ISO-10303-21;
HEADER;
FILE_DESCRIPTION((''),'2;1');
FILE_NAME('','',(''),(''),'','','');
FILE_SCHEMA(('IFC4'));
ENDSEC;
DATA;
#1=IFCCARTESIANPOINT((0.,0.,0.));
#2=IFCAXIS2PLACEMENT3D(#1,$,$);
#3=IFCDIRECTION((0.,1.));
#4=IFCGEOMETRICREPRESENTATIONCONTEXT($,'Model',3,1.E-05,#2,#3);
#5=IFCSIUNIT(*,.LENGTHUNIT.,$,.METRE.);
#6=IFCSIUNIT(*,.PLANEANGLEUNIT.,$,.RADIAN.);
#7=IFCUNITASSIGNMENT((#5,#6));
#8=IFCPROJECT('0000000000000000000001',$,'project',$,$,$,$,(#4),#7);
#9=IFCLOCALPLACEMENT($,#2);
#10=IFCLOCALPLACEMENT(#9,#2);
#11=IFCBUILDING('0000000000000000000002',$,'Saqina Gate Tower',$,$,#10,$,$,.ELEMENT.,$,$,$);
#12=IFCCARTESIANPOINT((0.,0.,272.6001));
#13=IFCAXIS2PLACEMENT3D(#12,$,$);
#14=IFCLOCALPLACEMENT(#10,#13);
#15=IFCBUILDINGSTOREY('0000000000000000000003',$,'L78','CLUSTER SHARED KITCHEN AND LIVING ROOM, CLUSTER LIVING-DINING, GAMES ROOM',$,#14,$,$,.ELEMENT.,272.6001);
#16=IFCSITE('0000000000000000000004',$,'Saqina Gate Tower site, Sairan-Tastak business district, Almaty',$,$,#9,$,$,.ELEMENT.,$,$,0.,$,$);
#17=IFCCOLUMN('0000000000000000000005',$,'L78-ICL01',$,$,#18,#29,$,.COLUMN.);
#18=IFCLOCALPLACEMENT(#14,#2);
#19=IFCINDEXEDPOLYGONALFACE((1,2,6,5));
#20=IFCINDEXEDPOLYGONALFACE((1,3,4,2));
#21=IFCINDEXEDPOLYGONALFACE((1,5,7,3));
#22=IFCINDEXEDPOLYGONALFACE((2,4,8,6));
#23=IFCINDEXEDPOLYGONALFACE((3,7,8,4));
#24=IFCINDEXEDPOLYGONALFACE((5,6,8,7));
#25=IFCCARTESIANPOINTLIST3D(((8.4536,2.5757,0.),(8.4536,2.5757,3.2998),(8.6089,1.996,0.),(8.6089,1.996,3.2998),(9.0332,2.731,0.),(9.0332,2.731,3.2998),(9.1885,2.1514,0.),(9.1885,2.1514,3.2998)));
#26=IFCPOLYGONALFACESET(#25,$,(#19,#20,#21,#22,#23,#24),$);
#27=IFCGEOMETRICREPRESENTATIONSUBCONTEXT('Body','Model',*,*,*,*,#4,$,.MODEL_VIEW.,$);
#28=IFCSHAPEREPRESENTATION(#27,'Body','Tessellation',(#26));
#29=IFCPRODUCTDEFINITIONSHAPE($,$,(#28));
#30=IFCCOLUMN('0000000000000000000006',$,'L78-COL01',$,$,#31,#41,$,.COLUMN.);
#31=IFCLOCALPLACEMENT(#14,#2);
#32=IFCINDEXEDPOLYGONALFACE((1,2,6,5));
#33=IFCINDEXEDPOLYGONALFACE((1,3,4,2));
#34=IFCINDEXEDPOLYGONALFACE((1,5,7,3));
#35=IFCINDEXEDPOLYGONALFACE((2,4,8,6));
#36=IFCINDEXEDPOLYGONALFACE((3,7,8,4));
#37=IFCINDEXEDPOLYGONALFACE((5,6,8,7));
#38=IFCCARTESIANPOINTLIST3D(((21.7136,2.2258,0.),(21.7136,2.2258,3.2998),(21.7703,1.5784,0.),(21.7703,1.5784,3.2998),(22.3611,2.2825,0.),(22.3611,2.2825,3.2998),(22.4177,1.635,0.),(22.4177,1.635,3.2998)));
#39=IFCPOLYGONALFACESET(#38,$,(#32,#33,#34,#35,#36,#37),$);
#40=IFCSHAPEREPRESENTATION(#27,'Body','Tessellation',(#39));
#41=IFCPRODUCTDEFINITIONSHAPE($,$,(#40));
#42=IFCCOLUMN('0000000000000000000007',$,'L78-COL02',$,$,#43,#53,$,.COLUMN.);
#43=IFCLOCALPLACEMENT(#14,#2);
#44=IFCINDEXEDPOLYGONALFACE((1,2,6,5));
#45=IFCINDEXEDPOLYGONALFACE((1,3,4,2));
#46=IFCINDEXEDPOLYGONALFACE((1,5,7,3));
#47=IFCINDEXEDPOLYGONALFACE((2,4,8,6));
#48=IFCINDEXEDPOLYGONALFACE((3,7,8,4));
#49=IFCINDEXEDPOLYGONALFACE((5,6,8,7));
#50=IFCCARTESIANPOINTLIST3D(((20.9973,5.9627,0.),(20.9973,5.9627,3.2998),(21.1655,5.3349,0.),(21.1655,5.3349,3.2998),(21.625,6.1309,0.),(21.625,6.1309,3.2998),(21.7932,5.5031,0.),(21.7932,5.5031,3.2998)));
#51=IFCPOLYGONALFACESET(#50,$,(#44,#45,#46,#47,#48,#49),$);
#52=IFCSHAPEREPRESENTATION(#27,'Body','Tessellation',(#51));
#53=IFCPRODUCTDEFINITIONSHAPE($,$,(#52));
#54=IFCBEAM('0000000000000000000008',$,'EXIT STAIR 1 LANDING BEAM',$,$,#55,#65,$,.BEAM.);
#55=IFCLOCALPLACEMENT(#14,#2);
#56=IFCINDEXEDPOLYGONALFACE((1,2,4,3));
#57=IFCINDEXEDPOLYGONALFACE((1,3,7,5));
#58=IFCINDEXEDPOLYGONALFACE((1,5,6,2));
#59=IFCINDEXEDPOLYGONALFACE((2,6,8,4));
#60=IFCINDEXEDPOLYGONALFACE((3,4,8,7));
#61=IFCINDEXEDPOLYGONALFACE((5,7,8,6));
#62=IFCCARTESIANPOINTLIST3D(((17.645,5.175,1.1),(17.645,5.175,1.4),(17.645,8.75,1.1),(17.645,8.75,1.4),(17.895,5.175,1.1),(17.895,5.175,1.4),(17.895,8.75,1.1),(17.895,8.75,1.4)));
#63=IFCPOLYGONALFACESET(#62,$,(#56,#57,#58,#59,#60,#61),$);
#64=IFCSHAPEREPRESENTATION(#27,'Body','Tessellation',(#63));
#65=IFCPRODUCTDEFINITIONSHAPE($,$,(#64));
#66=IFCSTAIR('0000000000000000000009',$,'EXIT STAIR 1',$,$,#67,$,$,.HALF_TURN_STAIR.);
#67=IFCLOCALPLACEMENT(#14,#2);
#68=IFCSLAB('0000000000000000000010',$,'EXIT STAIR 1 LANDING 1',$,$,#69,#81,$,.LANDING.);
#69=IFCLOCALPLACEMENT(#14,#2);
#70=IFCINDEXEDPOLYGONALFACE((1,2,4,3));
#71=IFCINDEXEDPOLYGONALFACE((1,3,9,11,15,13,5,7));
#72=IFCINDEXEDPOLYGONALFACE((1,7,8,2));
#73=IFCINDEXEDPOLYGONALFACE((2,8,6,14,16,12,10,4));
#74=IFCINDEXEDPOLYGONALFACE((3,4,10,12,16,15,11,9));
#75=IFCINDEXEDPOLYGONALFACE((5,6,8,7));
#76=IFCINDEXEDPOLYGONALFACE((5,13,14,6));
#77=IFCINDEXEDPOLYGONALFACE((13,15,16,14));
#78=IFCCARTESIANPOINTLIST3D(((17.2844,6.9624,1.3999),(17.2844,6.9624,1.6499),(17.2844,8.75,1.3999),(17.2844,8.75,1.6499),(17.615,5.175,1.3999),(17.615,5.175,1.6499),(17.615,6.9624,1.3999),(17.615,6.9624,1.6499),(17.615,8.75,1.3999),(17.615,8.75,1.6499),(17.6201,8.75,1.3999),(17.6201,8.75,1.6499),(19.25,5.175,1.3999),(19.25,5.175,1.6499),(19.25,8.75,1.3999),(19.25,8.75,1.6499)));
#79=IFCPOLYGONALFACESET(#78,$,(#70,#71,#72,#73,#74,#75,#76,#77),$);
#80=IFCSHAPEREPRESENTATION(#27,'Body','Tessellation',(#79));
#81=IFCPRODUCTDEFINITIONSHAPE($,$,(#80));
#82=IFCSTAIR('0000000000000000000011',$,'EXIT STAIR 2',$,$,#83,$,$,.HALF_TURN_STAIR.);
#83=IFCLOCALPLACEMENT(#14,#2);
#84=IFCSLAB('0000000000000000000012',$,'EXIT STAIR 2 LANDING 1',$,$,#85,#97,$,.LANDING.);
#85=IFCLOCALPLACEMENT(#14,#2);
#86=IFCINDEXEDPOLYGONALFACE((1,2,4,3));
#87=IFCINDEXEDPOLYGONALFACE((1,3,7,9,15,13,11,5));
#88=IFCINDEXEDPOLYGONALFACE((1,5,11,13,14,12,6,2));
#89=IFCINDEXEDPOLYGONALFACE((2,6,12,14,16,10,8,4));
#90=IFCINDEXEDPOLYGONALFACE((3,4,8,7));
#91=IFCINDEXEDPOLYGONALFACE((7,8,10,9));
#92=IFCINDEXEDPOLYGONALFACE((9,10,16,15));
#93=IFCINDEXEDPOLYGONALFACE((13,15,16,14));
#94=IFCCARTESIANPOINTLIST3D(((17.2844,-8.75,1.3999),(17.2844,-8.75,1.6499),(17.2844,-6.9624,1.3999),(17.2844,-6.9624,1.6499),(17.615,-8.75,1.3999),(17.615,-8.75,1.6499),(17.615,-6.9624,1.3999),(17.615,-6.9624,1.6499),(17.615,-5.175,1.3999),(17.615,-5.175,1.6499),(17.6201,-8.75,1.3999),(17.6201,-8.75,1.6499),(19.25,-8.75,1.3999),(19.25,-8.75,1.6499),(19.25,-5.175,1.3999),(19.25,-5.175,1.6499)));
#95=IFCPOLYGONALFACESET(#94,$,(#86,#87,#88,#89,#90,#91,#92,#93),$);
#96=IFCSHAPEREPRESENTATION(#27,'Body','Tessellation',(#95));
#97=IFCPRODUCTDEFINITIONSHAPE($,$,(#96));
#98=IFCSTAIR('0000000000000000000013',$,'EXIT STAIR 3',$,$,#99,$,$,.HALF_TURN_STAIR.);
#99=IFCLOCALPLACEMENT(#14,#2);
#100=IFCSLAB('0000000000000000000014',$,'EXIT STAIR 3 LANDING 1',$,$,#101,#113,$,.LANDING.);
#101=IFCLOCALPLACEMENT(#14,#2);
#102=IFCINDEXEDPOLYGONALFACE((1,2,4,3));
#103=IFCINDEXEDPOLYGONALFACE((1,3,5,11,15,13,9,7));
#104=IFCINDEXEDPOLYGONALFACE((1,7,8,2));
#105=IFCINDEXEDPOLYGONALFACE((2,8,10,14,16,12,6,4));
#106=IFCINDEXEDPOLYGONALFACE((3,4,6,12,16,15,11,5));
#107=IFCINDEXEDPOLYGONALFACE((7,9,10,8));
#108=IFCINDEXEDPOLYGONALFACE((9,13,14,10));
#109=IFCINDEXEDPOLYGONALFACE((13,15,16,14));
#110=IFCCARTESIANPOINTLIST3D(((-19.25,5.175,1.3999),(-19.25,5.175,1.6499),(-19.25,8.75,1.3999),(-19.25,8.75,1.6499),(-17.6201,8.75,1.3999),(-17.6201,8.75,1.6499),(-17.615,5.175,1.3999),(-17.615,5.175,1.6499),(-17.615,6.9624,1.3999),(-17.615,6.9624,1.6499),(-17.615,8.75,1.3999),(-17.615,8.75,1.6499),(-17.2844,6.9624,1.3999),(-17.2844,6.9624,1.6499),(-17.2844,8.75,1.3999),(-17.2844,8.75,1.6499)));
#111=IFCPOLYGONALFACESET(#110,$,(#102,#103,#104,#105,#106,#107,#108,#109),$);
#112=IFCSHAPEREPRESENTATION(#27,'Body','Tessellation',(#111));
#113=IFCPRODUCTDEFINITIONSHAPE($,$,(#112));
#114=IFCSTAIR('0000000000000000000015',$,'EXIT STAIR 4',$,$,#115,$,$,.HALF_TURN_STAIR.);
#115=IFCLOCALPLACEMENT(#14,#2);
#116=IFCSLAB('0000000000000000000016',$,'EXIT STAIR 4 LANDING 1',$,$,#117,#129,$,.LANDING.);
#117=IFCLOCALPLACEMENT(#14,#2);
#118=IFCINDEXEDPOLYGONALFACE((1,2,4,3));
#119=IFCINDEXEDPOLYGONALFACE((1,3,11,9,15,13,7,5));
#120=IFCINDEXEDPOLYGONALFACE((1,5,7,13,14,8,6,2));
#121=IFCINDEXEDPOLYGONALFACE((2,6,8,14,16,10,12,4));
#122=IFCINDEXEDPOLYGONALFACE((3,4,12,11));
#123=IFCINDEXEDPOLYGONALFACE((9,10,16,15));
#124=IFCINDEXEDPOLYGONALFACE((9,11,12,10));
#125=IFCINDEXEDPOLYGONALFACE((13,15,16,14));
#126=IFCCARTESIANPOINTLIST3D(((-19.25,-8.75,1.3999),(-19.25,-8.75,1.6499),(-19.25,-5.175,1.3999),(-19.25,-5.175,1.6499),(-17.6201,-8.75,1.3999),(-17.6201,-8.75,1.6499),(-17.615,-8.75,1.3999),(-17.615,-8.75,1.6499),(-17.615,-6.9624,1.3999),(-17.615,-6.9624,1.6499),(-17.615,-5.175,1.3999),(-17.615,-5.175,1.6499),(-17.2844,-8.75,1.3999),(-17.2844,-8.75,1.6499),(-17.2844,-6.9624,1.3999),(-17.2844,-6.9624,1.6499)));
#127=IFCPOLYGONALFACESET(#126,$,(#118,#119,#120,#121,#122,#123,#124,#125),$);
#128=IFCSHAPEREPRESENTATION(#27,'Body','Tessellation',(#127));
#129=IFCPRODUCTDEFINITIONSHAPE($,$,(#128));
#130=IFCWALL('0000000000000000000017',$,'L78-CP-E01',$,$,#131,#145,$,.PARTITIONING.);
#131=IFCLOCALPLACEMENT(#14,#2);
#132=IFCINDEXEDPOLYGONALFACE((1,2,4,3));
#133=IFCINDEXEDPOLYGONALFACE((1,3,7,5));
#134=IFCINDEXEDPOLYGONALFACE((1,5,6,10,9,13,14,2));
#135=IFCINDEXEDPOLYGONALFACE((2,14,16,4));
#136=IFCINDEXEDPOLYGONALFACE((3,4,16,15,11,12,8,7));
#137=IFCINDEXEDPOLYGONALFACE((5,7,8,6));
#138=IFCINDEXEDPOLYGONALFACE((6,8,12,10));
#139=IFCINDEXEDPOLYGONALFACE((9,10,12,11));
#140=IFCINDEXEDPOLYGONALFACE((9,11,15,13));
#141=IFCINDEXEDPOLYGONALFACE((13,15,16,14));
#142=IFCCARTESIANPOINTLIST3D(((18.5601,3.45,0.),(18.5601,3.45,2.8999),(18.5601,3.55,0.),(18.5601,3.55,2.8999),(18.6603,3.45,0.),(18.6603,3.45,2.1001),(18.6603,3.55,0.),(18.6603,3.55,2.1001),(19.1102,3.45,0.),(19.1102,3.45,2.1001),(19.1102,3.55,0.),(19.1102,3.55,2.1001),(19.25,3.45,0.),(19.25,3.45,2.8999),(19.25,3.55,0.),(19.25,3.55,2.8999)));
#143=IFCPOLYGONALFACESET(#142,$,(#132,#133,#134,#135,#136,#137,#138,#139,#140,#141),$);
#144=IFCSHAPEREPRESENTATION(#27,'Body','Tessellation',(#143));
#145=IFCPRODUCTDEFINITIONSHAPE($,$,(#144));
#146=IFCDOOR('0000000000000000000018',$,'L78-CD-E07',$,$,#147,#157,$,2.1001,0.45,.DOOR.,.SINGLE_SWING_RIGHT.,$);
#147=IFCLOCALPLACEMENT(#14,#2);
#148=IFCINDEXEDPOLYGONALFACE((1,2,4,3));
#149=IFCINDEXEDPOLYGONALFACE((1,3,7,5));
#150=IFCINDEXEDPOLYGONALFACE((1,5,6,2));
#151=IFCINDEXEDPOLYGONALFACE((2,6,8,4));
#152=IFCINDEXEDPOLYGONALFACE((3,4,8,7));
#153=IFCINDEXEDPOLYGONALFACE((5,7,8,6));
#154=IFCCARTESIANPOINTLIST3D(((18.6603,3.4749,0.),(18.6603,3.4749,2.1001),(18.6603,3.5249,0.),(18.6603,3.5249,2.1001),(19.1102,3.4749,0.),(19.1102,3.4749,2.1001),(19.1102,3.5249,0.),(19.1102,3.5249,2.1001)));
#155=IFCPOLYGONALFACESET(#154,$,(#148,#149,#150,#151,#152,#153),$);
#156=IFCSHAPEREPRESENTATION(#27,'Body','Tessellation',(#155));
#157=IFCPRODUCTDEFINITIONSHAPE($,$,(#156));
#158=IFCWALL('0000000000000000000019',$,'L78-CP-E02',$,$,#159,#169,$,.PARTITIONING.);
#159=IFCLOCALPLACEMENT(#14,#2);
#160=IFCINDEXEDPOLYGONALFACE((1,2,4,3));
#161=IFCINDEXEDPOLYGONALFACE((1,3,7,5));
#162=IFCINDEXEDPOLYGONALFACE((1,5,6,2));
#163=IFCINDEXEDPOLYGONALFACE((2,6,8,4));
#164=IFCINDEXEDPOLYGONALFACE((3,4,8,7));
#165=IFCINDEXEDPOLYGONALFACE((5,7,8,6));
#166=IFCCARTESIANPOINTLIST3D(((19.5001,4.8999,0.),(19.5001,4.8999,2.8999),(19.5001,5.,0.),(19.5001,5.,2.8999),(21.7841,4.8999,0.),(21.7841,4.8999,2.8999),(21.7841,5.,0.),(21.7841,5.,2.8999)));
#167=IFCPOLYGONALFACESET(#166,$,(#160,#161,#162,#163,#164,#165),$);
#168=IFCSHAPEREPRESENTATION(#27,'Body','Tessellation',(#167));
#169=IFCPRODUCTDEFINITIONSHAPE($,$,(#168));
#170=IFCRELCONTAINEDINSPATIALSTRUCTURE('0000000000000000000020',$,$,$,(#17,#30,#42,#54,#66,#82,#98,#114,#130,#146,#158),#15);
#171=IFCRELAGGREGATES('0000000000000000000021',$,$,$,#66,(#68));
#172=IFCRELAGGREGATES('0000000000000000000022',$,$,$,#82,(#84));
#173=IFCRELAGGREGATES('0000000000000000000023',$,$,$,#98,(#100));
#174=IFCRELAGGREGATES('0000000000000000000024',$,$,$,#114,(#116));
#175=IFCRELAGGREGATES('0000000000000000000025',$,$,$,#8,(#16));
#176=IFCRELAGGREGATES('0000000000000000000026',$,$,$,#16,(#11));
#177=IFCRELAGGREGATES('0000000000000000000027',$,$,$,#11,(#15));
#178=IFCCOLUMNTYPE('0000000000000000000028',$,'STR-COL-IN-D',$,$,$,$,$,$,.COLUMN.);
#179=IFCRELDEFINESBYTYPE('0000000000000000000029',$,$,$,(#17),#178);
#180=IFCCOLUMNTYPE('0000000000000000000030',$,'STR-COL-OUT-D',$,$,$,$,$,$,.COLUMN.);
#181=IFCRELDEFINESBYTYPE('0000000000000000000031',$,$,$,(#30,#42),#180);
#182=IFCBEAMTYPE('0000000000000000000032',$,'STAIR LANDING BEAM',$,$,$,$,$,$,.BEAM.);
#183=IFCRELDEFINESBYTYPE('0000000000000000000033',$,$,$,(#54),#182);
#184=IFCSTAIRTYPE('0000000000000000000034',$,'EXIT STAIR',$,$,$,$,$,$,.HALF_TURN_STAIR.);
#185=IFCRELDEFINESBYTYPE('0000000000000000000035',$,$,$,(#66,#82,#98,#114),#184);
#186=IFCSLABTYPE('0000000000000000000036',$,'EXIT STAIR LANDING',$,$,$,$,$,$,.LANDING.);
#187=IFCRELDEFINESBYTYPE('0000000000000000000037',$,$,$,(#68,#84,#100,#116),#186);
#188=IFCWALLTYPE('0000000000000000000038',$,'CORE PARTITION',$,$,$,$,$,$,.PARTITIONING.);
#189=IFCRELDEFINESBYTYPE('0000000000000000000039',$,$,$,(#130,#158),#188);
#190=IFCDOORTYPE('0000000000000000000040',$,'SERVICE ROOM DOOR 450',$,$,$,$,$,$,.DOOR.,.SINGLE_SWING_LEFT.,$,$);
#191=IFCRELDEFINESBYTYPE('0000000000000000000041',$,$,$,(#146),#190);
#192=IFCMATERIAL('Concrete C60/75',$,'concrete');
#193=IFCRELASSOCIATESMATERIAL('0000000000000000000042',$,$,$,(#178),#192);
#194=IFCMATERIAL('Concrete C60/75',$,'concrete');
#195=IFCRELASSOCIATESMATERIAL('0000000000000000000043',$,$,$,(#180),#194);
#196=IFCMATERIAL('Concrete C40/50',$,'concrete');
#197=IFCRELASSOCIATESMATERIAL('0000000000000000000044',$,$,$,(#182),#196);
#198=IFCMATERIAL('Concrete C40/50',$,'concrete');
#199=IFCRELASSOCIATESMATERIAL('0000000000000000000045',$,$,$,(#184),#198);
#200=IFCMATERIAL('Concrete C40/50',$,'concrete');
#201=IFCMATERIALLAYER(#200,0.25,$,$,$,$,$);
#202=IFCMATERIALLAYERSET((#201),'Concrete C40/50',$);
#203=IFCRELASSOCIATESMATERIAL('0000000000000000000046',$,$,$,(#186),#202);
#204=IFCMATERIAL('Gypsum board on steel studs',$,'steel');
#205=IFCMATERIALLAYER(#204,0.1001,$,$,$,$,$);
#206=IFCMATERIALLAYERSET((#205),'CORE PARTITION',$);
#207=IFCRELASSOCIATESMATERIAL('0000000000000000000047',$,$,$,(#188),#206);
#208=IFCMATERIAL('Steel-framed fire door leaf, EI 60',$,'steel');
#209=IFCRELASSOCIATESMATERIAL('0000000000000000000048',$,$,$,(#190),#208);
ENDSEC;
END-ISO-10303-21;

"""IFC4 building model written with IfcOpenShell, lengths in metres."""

from ifc_helpers import new_model, si_unit, direction, frame, frame_2d, origin, origin_2d, place, context, subcontext, project, spatial, polyline, rectangle, outline, extrude, material, layer, layer_set, material_profile, profile_set, type_object, element, fill, aggregate, save


model = new_model("IFC4")

# Units and contexts
model_context = context("Model", 3, precision=1e-05, world=origin(), true_north=direction((0.0, 1.0)))
body_context = subcontext(model_context, "Body", "Model", "MODEL_VIEW")
ifc_project = project(units=[si_unit("LENGTHUNIT", "METRE"), si_unit("PLANEANGLEUNIT", "RADIAN")], contexts=[model_context])

# Site, building, storey
site_placement = place(None, origin())
site = spatial("IfcSite", under=ifc_project, at=site_placement, Name="Saqina Gate Tower site, Sairan-Tastak business district, Almaty", CompositionType="ELEMENT", RefElevation=0.0)
building_placement = place(site_placement, origin())
building = spatial("IfcBuilding", under=site, at=building_placement, Name="Saqina Gate Tower", CompositionType="ELEMENT")
storey_placement = place(building_placement, frame((0.0, 0.0, 272.6001)))
storey = spatial("IfcBuildingStorey", under=building, at=storey_placement, Name="L78", Description="CLUSTER SHARED KITCHEN AND LIVING ROOM, CLUSTER LIVING-DINING, GAMES ROOM", CompositionType="ELEMENT", Elevation=272.6001)

# Columns
ifc_material_1 = material(Name="Concrete C60/75", Category="concrete")
ifc_material_profile_1 = material_profile(ifc_material_1, rectangle(XDim=0.6001, YDim=0.6001, at=origin_2d()), Name="RC 600x600")
ifc_profile_set_1 = profile_set([ifc_material_profile_1], Name="Concrete C60/75")
column_type_1 = type_object("IfcColumnType", Name="STR-COL-IN-D", PredefinedType="COLUMN", material=ifc_profile_set_1)
column_placement = place(storey_placement, frame((8.821, 2.3635, 0.0), z_axis=(0.0, 0.0, 1.0), x_axis=(0.965926, 0.258819, 0.0)))
element("IfcColumn", 1, at=column_placement, inside=storey, type_object=column_type_1, Name="L78-ICL01", PredefinedType="COLUMN", context=body_context, shape_type="SweptSolid", body=[
    extrude(rectangle(XDim=0.6001, YDim=0.6001, at=origin_2d()), origin(), (0.0, 0.0, 1.0), 3.2998),
])
ifc_material_2 = material(Name="Concrete C60/75", Category="concrete")
ifc_material_profile_2 = material_profile(ifc_material_2, rectangle(XDim=0.6499, YDim=0.6499, at=origin_2d()), Name="RC 650x650")
ifc_profile_set_2 = profile_set([ifc_material_profile_2], Name="Concrete C60/75")
column_type_2 = type_object("IfcColumnType", Name="STR-COL-OUT-D", PredefinedType="COLUMN", material=ifc_profile_set_2)
for number, where, z_axis, x_axis, name in (
    (2, (22.0657, 1.9304, 0.0), (0.0, 0.0, 1.0), (0.996195, 0.087156, 0.0), "L78-COL01"),
    (3, (21.3953, 5.7329, 0.0), (0.0, 0.0, 1.0), (0.965926, 0.258819, 0.0), "L78-COL02"),
):
    element("IfcColumn", number, at=place(storey_placement, frame(where, z_axis=z_axis, x_axis=x_axis)), inside=storey, type_object=column_type_2, Name=name, PredefinedType="COLUMN", context=body_context, shape_type="SweptSolid", body=[
        extrude(rectangle(XDim=0.6499, YDim=0.6499, at=origin_2d()), origin(), (0.0, 0.0, 1.0), 3.2998),
    ])

# Beam
ifc_material_3 = material(Name="Concrete C40/50", Category="concrete")
ifc_material_profile_3 = material_profile(ifc_material_3, rectangle(XDim=0.25, YDim=0.3, at=origin_2d()), Name="STAIR LANDING BEAM")
ifc_profile_set_3 = profile_set([ifc_material_profile_3], Name="Concrete C40/50")
beam_type = type_object("IfcBeamType", Name="STAIR LANDING BEAM", PredefinedType="BEAM", material=ifc_profile_set_3)
beam_placement = place(storey_placement, frame((17.77, 5.175, 1.25), z_axis=(0.0, 1.0, 0.0), x_axis=(-1.0, 0.0, 0.0)))
element("IfcBeam", 4, at=beam_placement, inside=storey, type_object=beam_type, Name="EXIT STAIR 1 LANDING BEAM", PredefinedType="BEAM", context=body_context, shape_type="SweptSolid", body=[
    extrude(rectangle(XDim=0.25, YDim=0.3, at=origin_2d()), origin(), (0.0, 0.0, 1.0), 3.575),
])

# Stairs, slabs
ifc_material_4 = material(Name="Concrete C40/50", Category="concrete")
stair_type = type_object("IfcStairType", Name="EXIT STAIR", PredefinedType="HALF_TURN_STAIR", material=ifc_material_4)
stair_1_placement = place(storey_placement, origin())
stair_1 = element("IfcStair", 5, at=stair_1_placement, inside=storey, type_object=stair_type, Name="EXIT STAIR 1", PredefinedType="HALF_TURN_STAIR")
ifc_material_5 = material(Name="Concrete C40/50", Category="concrete")
ifc_layer_1 = layer(ifc_material_5, 0.25)
ifc_layer_set_1 = layer_set([ifc_layer_1], Name="Concrete C40/50")
slab_type = type_object("IfcSlabType", Name="EXIT STAIR LANDING", PredefinedType="LANDING", material=ifc_layer_set_1)
slab_1_placement = place(storey_placement, frame((0.0, 0.0, 1.3999)))
slab_1 = element("IfcSlab", 6, at=slab_1_placement, type_object=slab_type, Name="EXIT STAIR 1 LANDING 1", PredefinedType="LANDING", context=body_context, shape_type="SweptSolid", body=[
    extrude(outline(polyline([(19.25, 8.75), (19.25, 5.175), (17.615, 5.175), (17.615, 6.9624), (17.2844, 6.9624), (17.2844, 8.75), (17.615, 8.75), (17.6201, 8.75), (19.25, 8.75)])), origin(), (0.0, 0.0, 1.0), 0.25),
])
aggregate(stair_1, [slab_1])
stair_2_placement = place(storey_placement, origin())
stair_2 = element("IfcStair", 7, at=stair_2_placement, inside=storey, type_object=stair_type, Name="EXIT STAIR 2", PredefinedType="HALF_TURN_STAIR")
slab_2_placement = place(storey_placement, frame((0.0, 0.0, 1.3999)))
slab_2 = element("IfcSlab", 8, at=slab_2_placement, type_object=slab_type, Name="EXIT STAIR 2 LANDING 1", PredefinedType="LANDING", context=body_context, shape_type="SweptSolid", body=[
    extrude(outline(polyline([(17.2844, -8.75), (17.2844, -6.9624), (17.615, -6.9624), (17.615, -5.175), (19.25, -5.175), (19.25, -8.75), (17.6201, -8.75), (17.615, -8.75), (17.2844, -8.75)])), origin(), (0.0, 0.0, 1.0), 0.25),
])
aggregate(stair_2, [slab_2])
stair_3_placement = place(storey_placement, origin())
stair_3 = element("IfcStair", 9, at=stair_3_placement, inside=storey, type_object=stair_type, Name="EXIT STAIR 3", PredefinedType="HALF_TURN_STAIR")
slab_3_placement = place(storey_placement, frame((0.0, 0.0, 1.3999)))
slab_3 = element("IfcSlab", 10, at=slab_3_placement, type_object=slab_type, Name="EXIT STAIR 3 LANDING 1", PredefinedType="LANDING", context=body_context, shape_type="SweptSolid", body=[
    extrude(outline(polyline([(-17.615, 5.175), (-19.25, 5.175), (-19.25, 8.75), (-17.6201, 8.75), (-17.615, 8.75), (-17.2844, 8.75), (-17.2844, 6.9624), (-17.615, 6.9624), (-17.615, 5.175)])), origin(), (0.0, 0.0, 1.0), 0.25),
])
aggregate(stair_3, [slab_3])
stair_4_placement = place(storey_placement, origin())
stair_4 = element("IfcStair", 11, at=stair_4_placement, inside=storey, type_object=stair_type, Name="EXIT STAIR 4", PredefinedType="HALF_TURN_STAIR")
slab_4_placement = place(storey_placement, frame((0.0, 0.0, 1.3999)))
slab_4 = element("IfcSlab", 12, at=slab_4_placement, type_object=slab_type, Name="EXIT STAIR 4 LANDING 1", PredefinedType="LANDING", context=body_context, shape_type="SweptSolid", body=[
    extrude(outline(polyline([(-17.2844, -6.9624), (-17.2844, -8.75), (-17.615, -8.75), (-17.6201, -8.75), (-19.25, -8.75), (-19.25, -5.175), (-17.615, -5.175), (-17.615, -6.9624), (-17.2844, -6.9624)])), origin(), (0.0, 0.0, 1.0), 0.25),
])
aggregate(stair_4, [slab_4])

# Wall, opening, door
ifc_material_6 = material(Name="Gypsum board on steel studs", Category="steel")
ifc_layer_2 = layer(ifc_material_6, 0.1001)
ifc_layer_set_2 = layer_set([ifc_layer_2], Name="CORE PARTITION")
wall_type_1 = type_object("IfcWallType", Name="CORE PARTITION", PredefinedType="PARTITIONING", material=ifc_layer_set_2)
wall_1_placement = place(storey_placement, frame((18.5601, 3.5, 0.0), z_axis=(0.0, 0.0, 1.0), x_axis=(1.0, 0.0, 0.0)))
wall_1 = element("IfcWall", 13, at=wall_1_placement, inside=storey, type_object=wall_type_1, Name="L78-CP-E01", PredefinedType="PARTITIONING", context=body_context, shape_type="SweptSolid", body=[
    extrude(rectangle(XDim=0.6899, YDim=0.1001, at=frame_2d((0.345, 0.0))), origin(), (0.0, 0.0, 1.0), 2.8999),
])
opening_1_placement = place(wall_1_placement, frame((0.1001, 0.0, 0.0)))
opening_1 = element("IfcOpeningElement", 14, at=opening_1_placement, cuts=wall_1, PredefinedType="OPENING", context=body_context, shape_type="SweptSolid", body=[
    extrude(rectangle(XDim=0.45, YDim=2.1001, at=frame_2d((0.2251, 1.05))), frame((0.0, 0.062, 0.0), z_axis=(0.0, -1.0, 0.0), x_axis=(1.0, 0.0, 0.0)), (0.0, 0.0, 1.0), 0.124),
])
ifc_material_7 = material(Name="Steel-framed fire door leaf, EI 60", Category="steel")
door_type_1 = type_object("IfcDoorType", Name="SERVICE ROOM DOOR 450", OperationType="SINGLE_SWING_LEFT", PredefinedType="DOOR", material=ifc_material_7)
door_1_placement = place(opening_1_placement, origin())
door_1 = element("IfcDoor", 15, at=door_1_placement, inside=storey, type_object=door_type_1, Name="L78-CD-E07", OperationType="SINGLE_SWING_RIGHT", OverallHeight=2.1001, OverallWidth=0.45, PredefinedType="DOOR", context=body_context, shape_type="SweptSolid", body=[
    extrude(rectangle(XDim=0.45, YDim=2.1001, at=frame_2d((0.2251, 1.05))), frame((0.0, 0.0249, 0.0), z_axis=(0.0, -1.0, 0.0), x_axis=(1.0, 0.0, 0.0)), (0.0, 0.0, 1.0), 0.05),
])
fill(opening_1, door_1)

# Wall
wall_2_placement = place(storey_placement, frame((19.5, 4.95, 0.0), z_axis=(0.0, 0.0, 1.0), x_axis=(1.0, 0.0, 0.0)))
element("IfcWall", 16, at=wall_2_placement, inside=storey, type_object=wall_type_1, Name="L78-CP-E02", PredefinedType="PARTITIONING", context=body_context, shape_type="SweptSolid", body=[
    extrude(rectangle(XDim=2.2839, YDim=0.1001, at=frame_2d((1.1421, 0.0))), origin(), (0.0, 0.0, 1.0), 2.8999),
])

save(model, "model.ifc")
